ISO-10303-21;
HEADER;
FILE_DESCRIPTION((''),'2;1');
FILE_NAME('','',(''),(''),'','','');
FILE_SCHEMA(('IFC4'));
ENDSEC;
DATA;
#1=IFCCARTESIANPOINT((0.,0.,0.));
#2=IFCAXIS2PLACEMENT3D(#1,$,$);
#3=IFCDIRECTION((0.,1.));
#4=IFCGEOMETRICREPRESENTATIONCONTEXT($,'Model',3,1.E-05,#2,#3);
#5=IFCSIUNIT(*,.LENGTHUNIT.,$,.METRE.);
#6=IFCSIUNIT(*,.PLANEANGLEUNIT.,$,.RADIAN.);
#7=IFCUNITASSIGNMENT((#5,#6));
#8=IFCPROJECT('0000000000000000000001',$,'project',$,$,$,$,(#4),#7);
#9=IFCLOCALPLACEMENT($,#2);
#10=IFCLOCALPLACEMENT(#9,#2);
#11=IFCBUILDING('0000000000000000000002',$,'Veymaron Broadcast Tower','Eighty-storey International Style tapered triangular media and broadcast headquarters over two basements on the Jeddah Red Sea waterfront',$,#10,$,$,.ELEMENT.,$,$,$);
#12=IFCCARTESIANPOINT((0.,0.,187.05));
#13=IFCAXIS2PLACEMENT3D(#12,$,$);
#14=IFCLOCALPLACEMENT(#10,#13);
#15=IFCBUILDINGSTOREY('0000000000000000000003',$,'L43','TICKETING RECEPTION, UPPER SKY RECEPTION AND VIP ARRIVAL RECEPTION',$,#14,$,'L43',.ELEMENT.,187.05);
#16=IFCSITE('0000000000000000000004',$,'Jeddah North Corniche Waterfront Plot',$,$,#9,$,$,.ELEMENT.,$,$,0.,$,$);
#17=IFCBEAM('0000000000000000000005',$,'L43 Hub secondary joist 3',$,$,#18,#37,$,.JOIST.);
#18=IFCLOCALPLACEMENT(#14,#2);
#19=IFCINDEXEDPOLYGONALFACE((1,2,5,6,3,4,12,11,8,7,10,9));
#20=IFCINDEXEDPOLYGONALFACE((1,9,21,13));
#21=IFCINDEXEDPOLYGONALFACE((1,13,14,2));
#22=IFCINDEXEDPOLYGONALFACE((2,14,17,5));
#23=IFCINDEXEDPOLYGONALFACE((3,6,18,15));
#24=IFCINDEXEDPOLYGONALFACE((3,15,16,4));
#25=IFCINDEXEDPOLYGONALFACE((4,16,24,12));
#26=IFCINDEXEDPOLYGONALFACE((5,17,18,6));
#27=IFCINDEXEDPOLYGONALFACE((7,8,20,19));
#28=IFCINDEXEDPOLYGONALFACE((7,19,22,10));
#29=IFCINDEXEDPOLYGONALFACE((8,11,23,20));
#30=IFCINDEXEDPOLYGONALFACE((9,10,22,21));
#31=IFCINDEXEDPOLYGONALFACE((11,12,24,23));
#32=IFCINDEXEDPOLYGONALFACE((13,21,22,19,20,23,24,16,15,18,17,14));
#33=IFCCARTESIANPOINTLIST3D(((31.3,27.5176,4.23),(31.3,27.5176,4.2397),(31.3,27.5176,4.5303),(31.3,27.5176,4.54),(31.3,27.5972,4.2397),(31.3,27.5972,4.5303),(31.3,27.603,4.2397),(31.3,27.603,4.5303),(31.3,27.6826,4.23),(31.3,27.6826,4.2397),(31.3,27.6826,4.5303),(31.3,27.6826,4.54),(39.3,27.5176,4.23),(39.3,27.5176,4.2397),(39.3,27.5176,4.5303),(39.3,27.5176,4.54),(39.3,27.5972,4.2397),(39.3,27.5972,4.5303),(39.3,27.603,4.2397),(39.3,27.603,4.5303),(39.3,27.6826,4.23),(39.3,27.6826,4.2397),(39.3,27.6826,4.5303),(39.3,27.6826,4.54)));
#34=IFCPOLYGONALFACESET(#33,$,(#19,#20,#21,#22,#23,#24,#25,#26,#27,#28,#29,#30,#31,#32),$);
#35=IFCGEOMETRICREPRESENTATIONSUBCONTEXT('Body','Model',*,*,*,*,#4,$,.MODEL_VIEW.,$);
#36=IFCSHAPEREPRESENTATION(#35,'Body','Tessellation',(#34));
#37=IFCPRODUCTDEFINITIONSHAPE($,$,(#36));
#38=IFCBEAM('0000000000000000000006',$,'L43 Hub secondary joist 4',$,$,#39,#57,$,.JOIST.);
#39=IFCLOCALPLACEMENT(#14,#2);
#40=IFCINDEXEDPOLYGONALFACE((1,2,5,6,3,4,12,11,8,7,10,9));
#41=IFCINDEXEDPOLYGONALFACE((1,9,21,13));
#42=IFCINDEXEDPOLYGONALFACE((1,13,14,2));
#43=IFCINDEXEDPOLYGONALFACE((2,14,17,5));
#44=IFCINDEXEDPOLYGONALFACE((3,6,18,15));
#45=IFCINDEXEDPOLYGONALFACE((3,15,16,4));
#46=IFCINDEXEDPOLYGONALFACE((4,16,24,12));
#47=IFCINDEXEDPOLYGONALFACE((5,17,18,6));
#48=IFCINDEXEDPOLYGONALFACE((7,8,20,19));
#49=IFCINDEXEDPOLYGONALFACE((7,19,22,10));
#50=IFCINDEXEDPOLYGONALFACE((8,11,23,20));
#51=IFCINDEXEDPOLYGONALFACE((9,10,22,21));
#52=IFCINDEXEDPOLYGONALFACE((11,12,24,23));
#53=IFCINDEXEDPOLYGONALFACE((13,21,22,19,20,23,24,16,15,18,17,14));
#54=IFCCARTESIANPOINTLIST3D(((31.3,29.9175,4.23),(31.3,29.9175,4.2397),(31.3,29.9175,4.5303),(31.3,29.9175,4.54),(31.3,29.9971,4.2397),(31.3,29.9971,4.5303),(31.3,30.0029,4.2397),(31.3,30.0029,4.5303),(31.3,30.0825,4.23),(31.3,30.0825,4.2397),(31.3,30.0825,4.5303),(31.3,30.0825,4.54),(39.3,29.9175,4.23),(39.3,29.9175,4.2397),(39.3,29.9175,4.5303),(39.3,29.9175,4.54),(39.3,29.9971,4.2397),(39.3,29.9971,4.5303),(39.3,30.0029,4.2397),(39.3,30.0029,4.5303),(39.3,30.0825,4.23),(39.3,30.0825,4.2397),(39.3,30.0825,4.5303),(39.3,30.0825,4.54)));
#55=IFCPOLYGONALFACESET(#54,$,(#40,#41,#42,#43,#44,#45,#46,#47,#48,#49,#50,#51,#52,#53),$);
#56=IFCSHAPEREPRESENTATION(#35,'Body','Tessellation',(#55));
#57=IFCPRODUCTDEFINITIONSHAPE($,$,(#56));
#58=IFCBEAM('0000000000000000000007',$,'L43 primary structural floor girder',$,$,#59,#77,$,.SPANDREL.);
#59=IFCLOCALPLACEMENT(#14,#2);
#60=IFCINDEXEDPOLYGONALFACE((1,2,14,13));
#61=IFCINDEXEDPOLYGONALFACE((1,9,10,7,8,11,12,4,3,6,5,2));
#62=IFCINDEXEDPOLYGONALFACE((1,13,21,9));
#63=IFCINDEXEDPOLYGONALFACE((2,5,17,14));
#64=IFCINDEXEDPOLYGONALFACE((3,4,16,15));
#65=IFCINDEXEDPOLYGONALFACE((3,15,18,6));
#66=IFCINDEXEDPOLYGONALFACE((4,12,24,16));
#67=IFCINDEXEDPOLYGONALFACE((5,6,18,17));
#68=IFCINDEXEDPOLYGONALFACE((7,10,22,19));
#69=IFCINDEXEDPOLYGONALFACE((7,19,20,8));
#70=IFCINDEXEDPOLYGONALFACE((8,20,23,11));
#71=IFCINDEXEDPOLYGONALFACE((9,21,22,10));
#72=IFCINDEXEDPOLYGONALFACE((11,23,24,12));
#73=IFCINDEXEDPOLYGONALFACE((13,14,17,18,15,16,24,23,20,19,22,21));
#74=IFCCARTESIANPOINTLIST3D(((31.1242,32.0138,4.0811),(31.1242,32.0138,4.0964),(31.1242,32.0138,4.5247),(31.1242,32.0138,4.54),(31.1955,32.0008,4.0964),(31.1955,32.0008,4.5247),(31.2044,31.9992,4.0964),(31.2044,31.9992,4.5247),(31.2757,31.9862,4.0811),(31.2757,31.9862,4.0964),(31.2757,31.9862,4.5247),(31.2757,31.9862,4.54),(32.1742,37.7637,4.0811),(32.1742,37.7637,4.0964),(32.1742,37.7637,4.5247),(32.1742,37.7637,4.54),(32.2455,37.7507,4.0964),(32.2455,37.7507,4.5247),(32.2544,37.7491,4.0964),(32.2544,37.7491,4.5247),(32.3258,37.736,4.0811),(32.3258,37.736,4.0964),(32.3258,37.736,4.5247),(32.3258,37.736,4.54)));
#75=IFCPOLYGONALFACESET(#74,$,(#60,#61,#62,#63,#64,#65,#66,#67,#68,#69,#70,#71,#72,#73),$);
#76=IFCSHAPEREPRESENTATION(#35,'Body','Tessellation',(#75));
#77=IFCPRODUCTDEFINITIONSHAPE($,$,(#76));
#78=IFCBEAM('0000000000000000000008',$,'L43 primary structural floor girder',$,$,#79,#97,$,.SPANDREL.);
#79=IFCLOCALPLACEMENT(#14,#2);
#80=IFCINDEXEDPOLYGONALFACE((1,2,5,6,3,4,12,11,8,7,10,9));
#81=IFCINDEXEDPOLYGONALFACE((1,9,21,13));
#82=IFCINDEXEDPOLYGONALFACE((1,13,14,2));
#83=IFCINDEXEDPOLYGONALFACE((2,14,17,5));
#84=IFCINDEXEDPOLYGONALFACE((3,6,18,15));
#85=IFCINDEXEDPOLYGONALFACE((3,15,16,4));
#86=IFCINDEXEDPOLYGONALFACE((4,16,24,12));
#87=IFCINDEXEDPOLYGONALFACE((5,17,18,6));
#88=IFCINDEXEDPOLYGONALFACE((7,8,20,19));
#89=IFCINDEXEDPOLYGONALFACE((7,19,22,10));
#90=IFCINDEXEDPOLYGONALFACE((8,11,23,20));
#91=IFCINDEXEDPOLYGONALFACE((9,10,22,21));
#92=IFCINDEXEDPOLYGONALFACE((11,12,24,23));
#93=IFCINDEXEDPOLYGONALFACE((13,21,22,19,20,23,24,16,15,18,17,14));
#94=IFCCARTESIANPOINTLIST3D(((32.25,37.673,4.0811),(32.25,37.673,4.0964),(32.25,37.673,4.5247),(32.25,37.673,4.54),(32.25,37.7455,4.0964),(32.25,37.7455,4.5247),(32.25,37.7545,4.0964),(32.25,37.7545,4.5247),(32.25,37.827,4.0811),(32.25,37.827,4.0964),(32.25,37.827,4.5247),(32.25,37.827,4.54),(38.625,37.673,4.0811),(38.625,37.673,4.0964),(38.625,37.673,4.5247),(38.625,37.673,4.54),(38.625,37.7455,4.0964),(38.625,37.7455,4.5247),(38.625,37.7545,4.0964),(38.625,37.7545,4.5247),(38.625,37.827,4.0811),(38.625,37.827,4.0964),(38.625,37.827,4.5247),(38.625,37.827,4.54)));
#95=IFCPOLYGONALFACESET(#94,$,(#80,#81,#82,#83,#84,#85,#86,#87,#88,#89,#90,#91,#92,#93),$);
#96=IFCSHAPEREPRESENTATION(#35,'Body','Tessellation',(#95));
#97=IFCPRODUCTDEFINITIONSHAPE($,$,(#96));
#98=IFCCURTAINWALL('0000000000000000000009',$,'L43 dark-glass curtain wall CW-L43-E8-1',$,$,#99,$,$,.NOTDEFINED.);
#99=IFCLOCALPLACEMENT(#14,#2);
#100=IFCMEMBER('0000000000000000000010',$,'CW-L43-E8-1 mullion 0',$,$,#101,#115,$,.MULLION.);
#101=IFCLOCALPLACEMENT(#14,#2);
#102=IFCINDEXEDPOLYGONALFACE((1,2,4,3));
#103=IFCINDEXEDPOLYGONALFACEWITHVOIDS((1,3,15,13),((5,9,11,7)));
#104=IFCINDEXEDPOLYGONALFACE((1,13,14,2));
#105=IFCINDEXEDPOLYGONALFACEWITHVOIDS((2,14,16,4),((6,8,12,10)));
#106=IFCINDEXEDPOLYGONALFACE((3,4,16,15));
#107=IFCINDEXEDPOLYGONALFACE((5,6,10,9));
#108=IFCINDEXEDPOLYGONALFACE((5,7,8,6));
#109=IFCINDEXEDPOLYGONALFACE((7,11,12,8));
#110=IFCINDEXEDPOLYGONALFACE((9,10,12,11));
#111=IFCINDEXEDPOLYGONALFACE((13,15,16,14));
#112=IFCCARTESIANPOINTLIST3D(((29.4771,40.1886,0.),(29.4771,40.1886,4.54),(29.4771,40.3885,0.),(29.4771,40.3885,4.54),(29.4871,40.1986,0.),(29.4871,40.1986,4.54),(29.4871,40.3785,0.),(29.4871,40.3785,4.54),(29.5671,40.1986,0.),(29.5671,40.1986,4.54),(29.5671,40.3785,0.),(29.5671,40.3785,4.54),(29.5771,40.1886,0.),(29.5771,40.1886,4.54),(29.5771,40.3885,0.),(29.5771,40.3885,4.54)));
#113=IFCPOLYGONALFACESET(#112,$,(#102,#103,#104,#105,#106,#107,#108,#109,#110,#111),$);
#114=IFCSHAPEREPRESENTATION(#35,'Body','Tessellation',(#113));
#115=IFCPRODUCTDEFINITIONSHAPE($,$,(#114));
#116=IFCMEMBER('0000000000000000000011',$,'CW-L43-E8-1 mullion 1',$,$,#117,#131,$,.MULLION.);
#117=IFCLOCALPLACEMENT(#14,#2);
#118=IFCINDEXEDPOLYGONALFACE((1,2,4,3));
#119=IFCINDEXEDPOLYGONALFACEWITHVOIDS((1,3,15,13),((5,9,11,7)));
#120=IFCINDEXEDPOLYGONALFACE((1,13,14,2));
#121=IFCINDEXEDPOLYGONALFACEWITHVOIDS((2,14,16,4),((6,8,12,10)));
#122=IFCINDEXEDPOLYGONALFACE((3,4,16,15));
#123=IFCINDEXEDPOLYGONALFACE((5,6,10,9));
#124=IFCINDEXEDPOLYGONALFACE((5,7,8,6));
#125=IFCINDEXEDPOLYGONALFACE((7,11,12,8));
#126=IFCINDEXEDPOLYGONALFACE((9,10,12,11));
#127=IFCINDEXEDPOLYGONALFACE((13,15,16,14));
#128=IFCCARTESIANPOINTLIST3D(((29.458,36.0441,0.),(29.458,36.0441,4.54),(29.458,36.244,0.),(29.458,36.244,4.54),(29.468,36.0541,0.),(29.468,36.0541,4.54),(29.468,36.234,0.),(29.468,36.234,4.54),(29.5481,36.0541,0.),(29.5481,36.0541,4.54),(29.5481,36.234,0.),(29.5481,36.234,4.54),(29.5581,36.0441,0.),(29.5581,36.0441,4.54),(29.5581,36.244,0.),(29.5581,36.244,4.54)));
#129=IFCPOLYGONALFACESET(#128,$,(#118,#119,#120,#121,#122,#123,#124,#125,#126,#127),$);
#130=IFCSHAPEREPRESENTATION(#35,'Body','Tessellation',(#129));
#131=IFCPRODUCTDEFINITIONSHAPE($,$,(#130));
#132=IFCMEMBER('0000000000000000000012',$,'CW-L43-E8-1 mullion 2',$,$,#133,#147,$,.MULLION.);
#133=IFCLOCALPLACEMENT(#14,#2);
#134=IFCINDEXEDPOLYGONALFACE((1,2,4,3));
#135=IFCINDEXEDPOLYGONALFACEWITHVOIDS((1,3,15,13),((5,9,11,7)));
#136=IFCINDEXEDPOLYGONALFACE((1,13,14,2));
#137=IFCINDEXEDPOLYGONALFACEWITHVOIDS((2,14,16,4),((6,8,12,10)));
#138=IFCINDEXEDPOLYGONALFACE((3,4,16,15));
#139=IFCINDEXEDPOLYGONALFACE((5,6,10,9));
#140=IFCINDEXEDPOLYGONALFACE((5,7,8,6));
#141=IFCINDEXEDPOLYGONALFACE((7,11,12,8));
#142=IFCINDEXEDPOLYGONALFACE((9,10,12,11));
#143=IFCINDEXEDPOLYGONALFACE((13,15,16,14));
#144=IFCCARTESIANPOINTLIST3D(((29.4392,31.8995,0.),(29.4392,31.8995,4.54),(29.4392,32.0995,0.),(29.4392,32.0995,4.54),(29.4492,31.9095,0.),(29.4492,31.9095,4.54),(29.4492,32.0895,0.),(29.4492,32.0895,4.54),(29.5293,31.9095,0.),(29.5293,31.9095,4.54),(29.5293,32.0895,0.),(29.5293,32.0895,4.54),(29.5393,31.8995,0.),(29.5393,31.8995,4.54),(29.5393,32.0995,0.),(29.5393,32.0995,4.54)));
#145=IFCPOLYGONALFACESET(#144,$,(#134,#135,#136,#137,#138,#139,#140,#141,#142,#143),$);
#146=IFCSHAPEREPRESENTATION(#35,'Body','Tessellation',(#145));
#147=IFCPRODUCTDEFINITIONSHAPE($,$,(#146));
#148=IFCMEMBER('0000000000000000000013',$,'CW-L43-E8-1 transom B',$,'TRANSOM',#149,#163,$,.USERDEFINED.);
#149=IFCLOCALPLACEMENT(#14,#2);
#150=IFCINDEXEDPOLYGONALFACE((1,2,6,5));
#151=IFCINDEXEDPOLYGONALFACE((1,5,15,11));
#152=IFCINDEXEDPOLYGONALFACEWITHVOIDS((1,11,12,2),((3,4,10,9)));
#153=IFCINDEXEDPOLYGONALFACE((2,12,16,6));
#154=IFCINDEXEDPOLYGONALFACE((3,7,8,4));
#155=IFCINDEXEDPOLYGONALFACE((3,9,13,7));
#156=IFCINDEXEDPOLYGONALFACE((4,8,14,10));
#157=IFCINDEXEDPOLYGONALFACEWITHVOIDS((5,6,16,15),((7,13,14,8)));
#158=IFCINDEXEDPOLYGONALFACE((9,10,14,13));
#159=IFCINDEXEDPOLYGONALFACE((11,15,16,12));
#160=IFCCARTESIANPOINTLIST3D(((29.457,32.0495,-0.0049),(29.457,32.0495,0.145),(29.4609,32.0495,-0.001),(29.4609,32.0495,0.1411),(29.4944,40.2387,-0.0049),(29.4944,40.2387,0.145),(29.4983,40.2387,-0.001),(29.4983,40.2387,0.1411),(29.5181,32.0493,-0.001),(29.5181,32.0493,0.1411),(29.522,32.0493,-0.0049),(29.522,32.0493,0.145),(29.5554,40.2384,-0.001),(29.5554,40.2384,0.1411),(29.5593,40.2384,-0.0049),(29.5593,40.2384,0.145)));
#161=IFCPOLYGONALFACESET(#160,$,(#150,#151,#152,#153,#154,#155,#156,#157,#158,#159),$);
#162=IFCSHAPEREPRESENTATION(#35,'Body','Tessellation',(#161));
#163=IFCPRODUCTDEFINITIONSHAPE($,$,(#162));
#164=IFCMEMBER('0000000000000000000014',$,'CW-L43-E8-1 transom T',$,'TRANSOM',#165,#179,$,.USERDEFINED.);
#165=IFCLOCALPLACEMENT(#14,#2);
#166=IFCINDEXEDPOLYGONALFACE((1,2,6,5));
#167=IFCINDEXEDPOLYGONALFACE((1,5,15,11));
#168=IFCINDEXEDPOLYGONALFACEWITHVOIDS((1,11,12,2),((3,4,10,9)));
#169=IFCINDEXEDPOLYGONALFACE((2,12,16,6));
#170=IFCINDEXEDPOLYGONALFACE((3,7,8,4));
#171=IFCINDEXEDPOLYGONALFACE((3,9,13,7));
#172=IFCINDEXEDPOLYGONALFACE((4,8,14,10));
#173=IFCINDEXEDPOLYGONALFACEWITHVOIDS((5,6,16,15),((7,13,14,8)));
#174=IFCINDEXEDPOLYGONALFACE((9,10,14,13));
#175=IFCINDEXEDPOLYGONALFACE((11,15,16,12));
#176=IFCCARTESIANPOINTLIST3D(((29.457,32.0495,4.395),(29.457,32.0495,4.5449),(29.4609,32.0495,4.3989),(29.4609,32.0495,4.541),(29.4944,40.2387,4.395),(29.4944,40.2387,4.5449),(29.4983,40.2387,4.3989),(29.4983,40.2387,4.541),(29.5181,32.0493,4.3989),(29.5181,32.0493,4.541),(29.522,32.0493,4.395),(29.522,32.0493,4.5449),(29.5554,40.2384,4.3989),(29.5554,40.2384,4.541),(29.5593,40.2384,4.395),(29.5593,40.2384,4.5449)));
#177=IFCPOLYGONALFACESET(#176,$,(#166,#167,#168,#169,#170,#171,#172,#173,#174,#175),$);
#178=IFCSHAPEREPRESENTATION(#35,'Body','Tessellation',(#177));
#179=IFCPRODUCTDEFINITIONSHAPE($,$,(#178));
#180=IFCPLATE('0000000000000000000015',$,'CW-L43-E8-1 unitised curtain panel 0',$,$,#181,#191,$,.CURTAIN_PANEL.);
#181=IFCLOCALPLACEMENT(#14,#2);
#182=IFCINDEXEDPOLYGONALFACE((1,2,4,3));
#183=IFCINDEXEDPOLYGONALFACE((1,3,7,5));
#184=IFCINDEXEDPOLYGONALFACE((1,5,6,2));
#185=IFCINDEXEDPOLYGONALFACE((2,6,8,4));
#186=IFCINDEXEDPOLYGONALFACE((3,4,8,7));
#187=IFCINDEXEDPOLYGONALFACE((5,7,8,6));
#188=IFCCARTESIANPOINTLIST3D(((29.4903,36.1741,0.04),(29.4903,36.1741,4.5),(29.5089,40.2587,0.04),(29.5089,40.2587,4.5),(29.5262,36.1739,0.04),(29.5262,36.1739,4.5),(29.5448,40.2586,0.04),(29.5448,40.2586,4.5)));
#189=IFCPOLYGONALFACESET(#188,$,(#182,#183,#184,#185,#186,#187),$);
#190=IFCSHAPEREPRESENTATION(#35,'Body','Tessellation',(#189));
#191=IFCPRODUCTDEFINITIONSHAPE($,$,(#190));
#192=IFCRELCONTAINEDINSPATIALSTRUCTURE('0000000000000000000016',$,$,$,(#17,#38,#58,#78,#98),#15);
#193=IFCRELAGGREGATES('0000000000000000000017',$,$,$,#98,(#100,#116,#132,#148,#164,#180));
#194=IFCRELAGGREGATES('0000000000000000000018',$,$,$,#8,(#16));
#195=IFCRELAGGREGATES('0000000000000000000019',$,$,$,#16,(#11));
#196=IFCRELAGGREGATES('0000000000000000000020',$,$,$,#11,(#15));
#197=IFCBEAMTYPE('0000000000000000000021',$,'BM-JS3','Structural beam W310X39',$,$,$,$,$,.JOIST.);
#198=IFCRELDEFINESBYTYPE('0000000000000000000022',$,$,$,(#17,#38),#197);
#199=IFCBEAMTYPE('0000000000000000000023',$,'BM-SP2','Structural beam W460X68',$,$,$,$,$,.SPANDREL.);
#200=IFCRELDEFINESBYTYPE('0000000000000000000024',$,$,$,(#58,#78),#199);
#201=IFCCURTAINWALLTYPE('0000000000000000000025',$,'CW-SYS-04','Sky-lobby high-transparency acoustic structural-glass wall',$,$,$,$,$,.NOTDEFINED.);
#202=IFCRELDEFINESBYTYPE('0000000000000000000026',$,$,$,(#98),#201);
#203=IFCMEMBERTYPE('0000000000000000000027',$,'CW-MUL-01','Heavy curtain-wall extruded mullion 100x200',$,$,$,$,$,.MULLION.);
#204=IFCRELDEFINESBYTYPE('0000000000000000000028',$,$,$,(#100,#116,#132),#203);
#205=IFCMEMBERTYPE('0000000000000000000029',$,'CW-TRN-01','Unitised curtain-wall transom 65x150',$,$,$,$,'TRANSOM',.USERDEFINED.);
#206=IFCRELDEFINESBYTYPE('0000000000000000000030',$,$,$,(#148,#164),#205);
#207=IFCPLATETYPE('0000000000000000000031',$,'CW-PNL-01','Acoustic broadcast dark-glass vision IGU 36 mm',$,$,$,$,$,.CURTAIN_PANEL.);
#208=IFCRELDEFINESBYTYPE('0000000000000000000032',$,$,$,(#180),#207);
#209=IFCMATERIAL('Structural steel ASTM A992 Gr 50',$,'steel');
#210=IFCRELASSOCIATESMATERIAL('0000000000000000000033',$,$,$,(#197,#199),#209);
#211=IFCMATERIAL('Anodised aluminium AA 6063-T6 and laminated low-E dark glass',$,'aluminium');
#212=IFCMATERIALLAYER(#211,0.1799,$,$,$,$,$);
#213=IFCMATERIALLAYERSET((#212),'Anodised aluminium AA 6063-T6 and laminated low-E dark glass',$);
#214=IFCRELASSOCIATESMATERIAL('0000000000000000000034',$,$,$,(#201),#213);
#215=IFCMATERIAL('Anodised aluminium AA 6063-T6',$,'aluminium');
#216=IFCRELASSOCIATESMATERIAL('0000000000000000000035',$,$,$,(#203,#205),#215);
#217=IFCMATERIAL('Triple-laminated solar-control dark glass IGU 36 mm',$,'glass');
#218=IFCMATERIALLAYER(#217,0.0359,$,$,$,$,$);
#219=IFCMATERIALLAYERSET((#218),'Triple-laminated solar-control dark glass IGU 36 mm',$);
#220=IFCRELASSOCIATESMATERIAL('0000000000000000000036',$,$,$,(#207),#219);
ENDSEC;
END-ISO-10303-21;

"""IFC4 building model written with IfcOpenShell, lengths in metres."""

from ifc_helpers import new_model, si_unit, direction, frame, origin, origin_2d, place, context, subcontext, project, spatial, rectangle, hollow_rectangle, i_section, extrude, material, layer, layer_set, material_profile, profile_set, type_object, element, aggregate, save


model = new_model("IFC4")

# Units and contexts
model_context = context("Model", 3, precision=1e-05, world=origin(), true_north=direction((0.0, 1.0)))
body_context = subcontext(model_context, "Body", "Model", "MODEL_VIEW")
ifc_project = project(units=[si_unit("LENGTHUNIT", "METRE"), si_unit("PLANEANGLEUNIT", "RADIAN")], contexts=[model_context])

# Site, building, storey
site_placement = place(None, origin())
site = spatial("IfcSite", under=ifc_project, at=site_placement, Name="Jeddah North Corniche Waterfront Plot", CompositionType="ELEMENT", RefElevation=0.0)
building_placement = place(site_placement, origin())
building = spatial("IfcBuilding", under=site, at=building_placement, Name="Veymaron Broadcast Tower", Description="Eighty-storey International Style tapered triangular media and broadcast headquarters over two basements on the Jeddah Red Sea waterfront", CompositionType="ELEMENT")
storey_placement = place(building_placement, frame((0.0, 0.0, 187.05)))
storey = spatial("IfcBuildingStorey", under=building, at=storey_placement, Name="L43", Description="TICKETING RECEPTION, UPPER SKY RECEPTION AND VIP ARRIVAL RECEPTION", LongName="L43", CompositionType="ELEMENT", Elevation=187.05)

# Shared definitions
ifc_material_1 = material(Name="Structural steel ASTM A992 Gr 50", Category="steel")

# Beams
ifc_material_profile_1 = material_profile(ifc_material_1, i_section(OverallWidth=0.165, OverallDepth=0.3101, WebThickness=0.0059, FlangeThickness=0.0098, at=origin_2d()), Name="W310X39")
ifc_profile_set_1 = profile_set([ifc_material_profile_1], Name="Structural steel ASTM A992 Gr 50")
beam_type_1 = type_object("IfcBeamType", Name="BM-JS3", Description="Structural beam W310X39", PredefinedType="JOIST", material=ifc_profile_set_1)
for number, where, z_axis, x_axis, name in (
    (1, (31.3, 27.6001, 4.385), (1.0, 0.0, 0.0), (0.0, 1.0, 0.0), "L43 Hub secondary joist 3"),
    (2, (31.3, 30.0, 4.385), (1.0, 0.0, 0.0), (0.0, 1.0, 0.0), "L43 Hub secondary joist 4"),
):
    element("IfcBeam", number, at=place(storey_placement, frame(where, z_axis=z_axis, x_axis=x_axis)), inside=storey, type_object=beam_type_1, Name=name, PredefinedType="JOIST", context=body_context, shape_type="SweptSolid", body=[
        extrude(i_section(OverallWidth=0.165, OverallDepth=0.3101, WebThickness=0.0059, FlangeThickness=0.0098, at=origin_2d()), origin(), (0.0, 0.0, 1.0), 8.0),
    ])
ifc_material_profile_2 = material_profile(ifc_material_1, i_section(OverallWidth=0.1541, OverallDepth=0.459, WebThickness=0.009, FlangeThickness=0.0154, at=origin_2d()), Name="W460X68")
ifc_profile_set_2 = profile_set([ifc_material_profile_2], Name="Structural steel ASTM A992 Gr 50")
beam_type_2 = type_object("IfcBeamType", Name="BM-SP2", Description="Structural beam W460X68", PredefinedType="SPANDREL", material=ifc_profile_set_2)
beam_1_placement = place(storey_placement, frame((31.2, 32.0, 4.3105), z_axis=(0.179646, 0.983731, 0.0), x_axis=(-0.983731, 0.179646, 0.0)))
element("IfcBeam", 3, at=beam_1_placement, inside=storey, type_object=beam_type_2, Name="L43 primary structural floor girder", PredefinedType="SPANDREL", context=body_context, shape_type="SweptSolid", body=[
    extrude(i_section(OverallWidth=0.1541, OverallDepth=0.459, WebThickness=0.009, FlangeThickness=0.0154, at=origin_2d()), origin(), (0.0, 0.0, 1.0), 5.845),
])
beam_2_placement = place(storey_placement, frame((32.25, 37.75, 4.3105), z_axis=(1.0, 0.0, 0.0), x_axis=(0.0, 1.0, 0.0)))
element("IfcBeam", 4, at=beam_2_placement, inside=storey, type_object=beam_type_2, Name="L43 primary structural floor girder", PredefinedType="SPANDREL", context=body_context, shape_type="SweptSolid", body=[
    extrude(i_section(OverallWidth=0.1541, OverallDepth=0.459, WebThickness=0.009, FlangeThickness=0.0154, at=origin_2d()), origin(), (0.0, 0.0, 1.0), 6.375),
])

# Curtain wall, members, plate
ifc_material_2 = material(Name="Anodised aluminium AA 6063-T6 and laminated low-E dark glass", Category="aluminium")
ifc_layer_1 = layer(ifc_material_2, 0.1799)
ifc_layer_set_1 = layer_set([ifc_layer_1], Name="Anodised aluminium AA 6063-T6 and laminated low-E dark glass")
curtain_wall_type = type_object("IfcCurtainWallType", Name="CW-SYS-04", Description="Sky-lobby high-transparency acoustic structural-glass wall", PredefinedType="NOTDEFINED", material=ifc_layer_set_1)
curtain_wall_placement = place(storey_placement, origin())
curtain_wall = element("IfcCurtainWall", 5, at=curtain_wall_placement, inside=storey, type_object=curtain_wall_type, Name="L43 dark-glass curtain wall CW-L43-E8-1", PredefinedType="NOTDEFINED")
ifc_material_3 = material(Name="Anodised aluminium AA 6063-T6", Category="aluminium")
ifc_material_profile_3 = material_profile(ifc_material_3, hollow_rectangle(XDim=0.1001, YDim=0.2, WallThickness=0.01, at=origin_2d()), Name="RHS200X100X10")
ifc_profile_set_3 = profile_set([ifc_material_profile_3], Name="Anodised aluminium AA 6063-T6")
member_type_1 = type_object("IfcMemberType", Name="CW-MUL-01", Description="Heavy curtain-wall extruded mullion 100x200", PredefinedType="MULLION", material=ifc_profile_set_3)
member_1_placement = place(storey_placement, frame((29.5271, 40.2886, 0.0), z_axis=(0.0, 0.0, 1.0), x_axis=(1.0, 0.0, 0.0)))
member_1 = element("IfcMember", 6, at=member_1_placement, type_object=member_type_1, Name="CW-L43-E8-1 mullion 0", PredefinedType="MULLION", context=body_context, shape_type="SweptSolid", body=[
    extrude(hollow_rectangle(XDim=0.1001, YDim=0.2, WallThickness=0.01, at=origin_2d()), origin(), (0.0, 0.0, 1.0), 4.54),
])
member_2_placement = place(storey_placement, frame((29.5081, 36.144, 0.0), z_axis=(0.0, 0.0, 1.0), x_axis=(1.0, 0.0, 0.0)))
member_2 = element("IfcMember", 7, at=member_2_placement, type_object=member_type_1, Name="CW-L43-E8-1 mullion 1", PredefinedType="MULLION", context=body_context, shape_type="SweptSolid", body=[
    extrude(hollow_rectangle(XDim=0.1001, YDim=0.2, WallThickness=0.01, at=origin_2d()), origin(), (0.0, 0.0, 1.0), 4.54),
])
member_3_placement = place(storey_placement, frame((29.4893, 31.9995, 0.0), z_axis=(0.0, 0.0, 1.0), x_axis=(1.0, 0.0, 0.0)))
member_3 = element("IfcMember", 8, at=member_3_placement, type_object=member_type_1, Name="CW-L43-E8-1 mullion 2", PredefinedType="MULLION", context=body_context, shape_type="SweptSolid", body=[
    extrude(hollow_rectangle(XDim=0.1001, YDim=0.2, WallThickness=0.01, at=origin_2d()), origin(), (0.0, 0.0, 1.0), 4.54),
])
ifc_material_profile_4 = material_profile(ifc_material_3, hollow_rectangle(XDim=0.0649, YDim=0.1499, WallThickness=0.0039, at=origin_2d()), Name="AL150X65X4")
ifc_profile_set_4 = profile_set([ifc_material_profile_4], Name="Anodised aluminium AA 6063-T6")
member_type_2 = type_object("IfcMemberType", Name="CW-TRN-01", Description="Unitised curtain-wall transom 65x150", ElementType="TRANSOM", PredefinedType="USERDEFINED", material=ifc_profile_set_4)
member_4_placement = place(storey_placement, frame((29.5269, 40.2385, 0.0701), z_axis=(-0.004561, -0.99999, 0.0), x_axis=(0.99999, -0.004561, 0.0)))
member_4 = element("IfcMember", 9, at=member_4_placement, type_object=member_type_2, Name="CW-L43-E8-1 transom B", ObjectType="TRANSOM", PredefinedType="USERDEFINED", context=body_context, shape_type="SweptSolid", body=[
    extrude(hollow_rectangle(XDim=0.0649, YDim=0.1499, WallThickness=0.0039, at=origin_2d()), origin(), (0.0, 0.0, 1.0), 8.1892),
])
member_5_placement = place(storey_placement, frame((29.5269, 40.2385, 4.47), z_axis=(-0.004561, -0.99999, 0.0), x_axis=(0.99999, -0.004561, 0.0)))
member_5 = element("IfcMember", 10, at=member_5_placement, type_object=member_type_2, Name="CW-L43-E8-1 transom T", ObjectType="TRANSOM", PredefinedType="USERDEFINED", context=body_context, shape_type="SweptSolid", body=[
    extrude(hollow_rectangle(XDim=0.0649, YDim=0.1499, WallThickness=0.0039, at=origin_2d()), origin(), (0.0, 0.0, 1.0), 8.1892),
])
ifc_material_4 = material(Name="Triple-laminated solar-control dark glass IGU 36 mm", Category="glass")
ifc_layer_2 = layer(ifc_material_4, 0.0359)
ifc_layer_set_2 = layer_set([ifc_layer_2], Name="Triple-laminated solar-control dark glass IGU 36 mm")
plate_type = type_object("IfcPlateType", Name="CW-PNL-01", Description="Acoustic broadcast dark-glass vision IGU 36 mm", PredefinedType="CURTAIN_PANEL", material=ifc_layer_set_2)
plate_1_placement = place(storey_placement, frame((29.5176, 38.2163, 0.04), z_axis=(0.0, 0.0, 1.0), x_axis=(-0.004555, -0.99999, 0.0)))
plate_1 = element("IfcPlate", 11, at=plate_1_placement, type_object=plate_type, Name="CW-L43-E8-1 unitised curtain panel 0", PredefinedType="CURTAIN_PANEL", context=body_context, shape_type="SweptSolid", body=[
    extrude(rectangle(XDim=4.0847, YDim=0.0359, at=origin_2d()), origin(), (0.0, 0.0, 1.0), 4.46),
])
aggregate(curtain_wall, [member_1, member_2, member_3, member_4, member_5, plate_1])

save(model, "model.ifc")
